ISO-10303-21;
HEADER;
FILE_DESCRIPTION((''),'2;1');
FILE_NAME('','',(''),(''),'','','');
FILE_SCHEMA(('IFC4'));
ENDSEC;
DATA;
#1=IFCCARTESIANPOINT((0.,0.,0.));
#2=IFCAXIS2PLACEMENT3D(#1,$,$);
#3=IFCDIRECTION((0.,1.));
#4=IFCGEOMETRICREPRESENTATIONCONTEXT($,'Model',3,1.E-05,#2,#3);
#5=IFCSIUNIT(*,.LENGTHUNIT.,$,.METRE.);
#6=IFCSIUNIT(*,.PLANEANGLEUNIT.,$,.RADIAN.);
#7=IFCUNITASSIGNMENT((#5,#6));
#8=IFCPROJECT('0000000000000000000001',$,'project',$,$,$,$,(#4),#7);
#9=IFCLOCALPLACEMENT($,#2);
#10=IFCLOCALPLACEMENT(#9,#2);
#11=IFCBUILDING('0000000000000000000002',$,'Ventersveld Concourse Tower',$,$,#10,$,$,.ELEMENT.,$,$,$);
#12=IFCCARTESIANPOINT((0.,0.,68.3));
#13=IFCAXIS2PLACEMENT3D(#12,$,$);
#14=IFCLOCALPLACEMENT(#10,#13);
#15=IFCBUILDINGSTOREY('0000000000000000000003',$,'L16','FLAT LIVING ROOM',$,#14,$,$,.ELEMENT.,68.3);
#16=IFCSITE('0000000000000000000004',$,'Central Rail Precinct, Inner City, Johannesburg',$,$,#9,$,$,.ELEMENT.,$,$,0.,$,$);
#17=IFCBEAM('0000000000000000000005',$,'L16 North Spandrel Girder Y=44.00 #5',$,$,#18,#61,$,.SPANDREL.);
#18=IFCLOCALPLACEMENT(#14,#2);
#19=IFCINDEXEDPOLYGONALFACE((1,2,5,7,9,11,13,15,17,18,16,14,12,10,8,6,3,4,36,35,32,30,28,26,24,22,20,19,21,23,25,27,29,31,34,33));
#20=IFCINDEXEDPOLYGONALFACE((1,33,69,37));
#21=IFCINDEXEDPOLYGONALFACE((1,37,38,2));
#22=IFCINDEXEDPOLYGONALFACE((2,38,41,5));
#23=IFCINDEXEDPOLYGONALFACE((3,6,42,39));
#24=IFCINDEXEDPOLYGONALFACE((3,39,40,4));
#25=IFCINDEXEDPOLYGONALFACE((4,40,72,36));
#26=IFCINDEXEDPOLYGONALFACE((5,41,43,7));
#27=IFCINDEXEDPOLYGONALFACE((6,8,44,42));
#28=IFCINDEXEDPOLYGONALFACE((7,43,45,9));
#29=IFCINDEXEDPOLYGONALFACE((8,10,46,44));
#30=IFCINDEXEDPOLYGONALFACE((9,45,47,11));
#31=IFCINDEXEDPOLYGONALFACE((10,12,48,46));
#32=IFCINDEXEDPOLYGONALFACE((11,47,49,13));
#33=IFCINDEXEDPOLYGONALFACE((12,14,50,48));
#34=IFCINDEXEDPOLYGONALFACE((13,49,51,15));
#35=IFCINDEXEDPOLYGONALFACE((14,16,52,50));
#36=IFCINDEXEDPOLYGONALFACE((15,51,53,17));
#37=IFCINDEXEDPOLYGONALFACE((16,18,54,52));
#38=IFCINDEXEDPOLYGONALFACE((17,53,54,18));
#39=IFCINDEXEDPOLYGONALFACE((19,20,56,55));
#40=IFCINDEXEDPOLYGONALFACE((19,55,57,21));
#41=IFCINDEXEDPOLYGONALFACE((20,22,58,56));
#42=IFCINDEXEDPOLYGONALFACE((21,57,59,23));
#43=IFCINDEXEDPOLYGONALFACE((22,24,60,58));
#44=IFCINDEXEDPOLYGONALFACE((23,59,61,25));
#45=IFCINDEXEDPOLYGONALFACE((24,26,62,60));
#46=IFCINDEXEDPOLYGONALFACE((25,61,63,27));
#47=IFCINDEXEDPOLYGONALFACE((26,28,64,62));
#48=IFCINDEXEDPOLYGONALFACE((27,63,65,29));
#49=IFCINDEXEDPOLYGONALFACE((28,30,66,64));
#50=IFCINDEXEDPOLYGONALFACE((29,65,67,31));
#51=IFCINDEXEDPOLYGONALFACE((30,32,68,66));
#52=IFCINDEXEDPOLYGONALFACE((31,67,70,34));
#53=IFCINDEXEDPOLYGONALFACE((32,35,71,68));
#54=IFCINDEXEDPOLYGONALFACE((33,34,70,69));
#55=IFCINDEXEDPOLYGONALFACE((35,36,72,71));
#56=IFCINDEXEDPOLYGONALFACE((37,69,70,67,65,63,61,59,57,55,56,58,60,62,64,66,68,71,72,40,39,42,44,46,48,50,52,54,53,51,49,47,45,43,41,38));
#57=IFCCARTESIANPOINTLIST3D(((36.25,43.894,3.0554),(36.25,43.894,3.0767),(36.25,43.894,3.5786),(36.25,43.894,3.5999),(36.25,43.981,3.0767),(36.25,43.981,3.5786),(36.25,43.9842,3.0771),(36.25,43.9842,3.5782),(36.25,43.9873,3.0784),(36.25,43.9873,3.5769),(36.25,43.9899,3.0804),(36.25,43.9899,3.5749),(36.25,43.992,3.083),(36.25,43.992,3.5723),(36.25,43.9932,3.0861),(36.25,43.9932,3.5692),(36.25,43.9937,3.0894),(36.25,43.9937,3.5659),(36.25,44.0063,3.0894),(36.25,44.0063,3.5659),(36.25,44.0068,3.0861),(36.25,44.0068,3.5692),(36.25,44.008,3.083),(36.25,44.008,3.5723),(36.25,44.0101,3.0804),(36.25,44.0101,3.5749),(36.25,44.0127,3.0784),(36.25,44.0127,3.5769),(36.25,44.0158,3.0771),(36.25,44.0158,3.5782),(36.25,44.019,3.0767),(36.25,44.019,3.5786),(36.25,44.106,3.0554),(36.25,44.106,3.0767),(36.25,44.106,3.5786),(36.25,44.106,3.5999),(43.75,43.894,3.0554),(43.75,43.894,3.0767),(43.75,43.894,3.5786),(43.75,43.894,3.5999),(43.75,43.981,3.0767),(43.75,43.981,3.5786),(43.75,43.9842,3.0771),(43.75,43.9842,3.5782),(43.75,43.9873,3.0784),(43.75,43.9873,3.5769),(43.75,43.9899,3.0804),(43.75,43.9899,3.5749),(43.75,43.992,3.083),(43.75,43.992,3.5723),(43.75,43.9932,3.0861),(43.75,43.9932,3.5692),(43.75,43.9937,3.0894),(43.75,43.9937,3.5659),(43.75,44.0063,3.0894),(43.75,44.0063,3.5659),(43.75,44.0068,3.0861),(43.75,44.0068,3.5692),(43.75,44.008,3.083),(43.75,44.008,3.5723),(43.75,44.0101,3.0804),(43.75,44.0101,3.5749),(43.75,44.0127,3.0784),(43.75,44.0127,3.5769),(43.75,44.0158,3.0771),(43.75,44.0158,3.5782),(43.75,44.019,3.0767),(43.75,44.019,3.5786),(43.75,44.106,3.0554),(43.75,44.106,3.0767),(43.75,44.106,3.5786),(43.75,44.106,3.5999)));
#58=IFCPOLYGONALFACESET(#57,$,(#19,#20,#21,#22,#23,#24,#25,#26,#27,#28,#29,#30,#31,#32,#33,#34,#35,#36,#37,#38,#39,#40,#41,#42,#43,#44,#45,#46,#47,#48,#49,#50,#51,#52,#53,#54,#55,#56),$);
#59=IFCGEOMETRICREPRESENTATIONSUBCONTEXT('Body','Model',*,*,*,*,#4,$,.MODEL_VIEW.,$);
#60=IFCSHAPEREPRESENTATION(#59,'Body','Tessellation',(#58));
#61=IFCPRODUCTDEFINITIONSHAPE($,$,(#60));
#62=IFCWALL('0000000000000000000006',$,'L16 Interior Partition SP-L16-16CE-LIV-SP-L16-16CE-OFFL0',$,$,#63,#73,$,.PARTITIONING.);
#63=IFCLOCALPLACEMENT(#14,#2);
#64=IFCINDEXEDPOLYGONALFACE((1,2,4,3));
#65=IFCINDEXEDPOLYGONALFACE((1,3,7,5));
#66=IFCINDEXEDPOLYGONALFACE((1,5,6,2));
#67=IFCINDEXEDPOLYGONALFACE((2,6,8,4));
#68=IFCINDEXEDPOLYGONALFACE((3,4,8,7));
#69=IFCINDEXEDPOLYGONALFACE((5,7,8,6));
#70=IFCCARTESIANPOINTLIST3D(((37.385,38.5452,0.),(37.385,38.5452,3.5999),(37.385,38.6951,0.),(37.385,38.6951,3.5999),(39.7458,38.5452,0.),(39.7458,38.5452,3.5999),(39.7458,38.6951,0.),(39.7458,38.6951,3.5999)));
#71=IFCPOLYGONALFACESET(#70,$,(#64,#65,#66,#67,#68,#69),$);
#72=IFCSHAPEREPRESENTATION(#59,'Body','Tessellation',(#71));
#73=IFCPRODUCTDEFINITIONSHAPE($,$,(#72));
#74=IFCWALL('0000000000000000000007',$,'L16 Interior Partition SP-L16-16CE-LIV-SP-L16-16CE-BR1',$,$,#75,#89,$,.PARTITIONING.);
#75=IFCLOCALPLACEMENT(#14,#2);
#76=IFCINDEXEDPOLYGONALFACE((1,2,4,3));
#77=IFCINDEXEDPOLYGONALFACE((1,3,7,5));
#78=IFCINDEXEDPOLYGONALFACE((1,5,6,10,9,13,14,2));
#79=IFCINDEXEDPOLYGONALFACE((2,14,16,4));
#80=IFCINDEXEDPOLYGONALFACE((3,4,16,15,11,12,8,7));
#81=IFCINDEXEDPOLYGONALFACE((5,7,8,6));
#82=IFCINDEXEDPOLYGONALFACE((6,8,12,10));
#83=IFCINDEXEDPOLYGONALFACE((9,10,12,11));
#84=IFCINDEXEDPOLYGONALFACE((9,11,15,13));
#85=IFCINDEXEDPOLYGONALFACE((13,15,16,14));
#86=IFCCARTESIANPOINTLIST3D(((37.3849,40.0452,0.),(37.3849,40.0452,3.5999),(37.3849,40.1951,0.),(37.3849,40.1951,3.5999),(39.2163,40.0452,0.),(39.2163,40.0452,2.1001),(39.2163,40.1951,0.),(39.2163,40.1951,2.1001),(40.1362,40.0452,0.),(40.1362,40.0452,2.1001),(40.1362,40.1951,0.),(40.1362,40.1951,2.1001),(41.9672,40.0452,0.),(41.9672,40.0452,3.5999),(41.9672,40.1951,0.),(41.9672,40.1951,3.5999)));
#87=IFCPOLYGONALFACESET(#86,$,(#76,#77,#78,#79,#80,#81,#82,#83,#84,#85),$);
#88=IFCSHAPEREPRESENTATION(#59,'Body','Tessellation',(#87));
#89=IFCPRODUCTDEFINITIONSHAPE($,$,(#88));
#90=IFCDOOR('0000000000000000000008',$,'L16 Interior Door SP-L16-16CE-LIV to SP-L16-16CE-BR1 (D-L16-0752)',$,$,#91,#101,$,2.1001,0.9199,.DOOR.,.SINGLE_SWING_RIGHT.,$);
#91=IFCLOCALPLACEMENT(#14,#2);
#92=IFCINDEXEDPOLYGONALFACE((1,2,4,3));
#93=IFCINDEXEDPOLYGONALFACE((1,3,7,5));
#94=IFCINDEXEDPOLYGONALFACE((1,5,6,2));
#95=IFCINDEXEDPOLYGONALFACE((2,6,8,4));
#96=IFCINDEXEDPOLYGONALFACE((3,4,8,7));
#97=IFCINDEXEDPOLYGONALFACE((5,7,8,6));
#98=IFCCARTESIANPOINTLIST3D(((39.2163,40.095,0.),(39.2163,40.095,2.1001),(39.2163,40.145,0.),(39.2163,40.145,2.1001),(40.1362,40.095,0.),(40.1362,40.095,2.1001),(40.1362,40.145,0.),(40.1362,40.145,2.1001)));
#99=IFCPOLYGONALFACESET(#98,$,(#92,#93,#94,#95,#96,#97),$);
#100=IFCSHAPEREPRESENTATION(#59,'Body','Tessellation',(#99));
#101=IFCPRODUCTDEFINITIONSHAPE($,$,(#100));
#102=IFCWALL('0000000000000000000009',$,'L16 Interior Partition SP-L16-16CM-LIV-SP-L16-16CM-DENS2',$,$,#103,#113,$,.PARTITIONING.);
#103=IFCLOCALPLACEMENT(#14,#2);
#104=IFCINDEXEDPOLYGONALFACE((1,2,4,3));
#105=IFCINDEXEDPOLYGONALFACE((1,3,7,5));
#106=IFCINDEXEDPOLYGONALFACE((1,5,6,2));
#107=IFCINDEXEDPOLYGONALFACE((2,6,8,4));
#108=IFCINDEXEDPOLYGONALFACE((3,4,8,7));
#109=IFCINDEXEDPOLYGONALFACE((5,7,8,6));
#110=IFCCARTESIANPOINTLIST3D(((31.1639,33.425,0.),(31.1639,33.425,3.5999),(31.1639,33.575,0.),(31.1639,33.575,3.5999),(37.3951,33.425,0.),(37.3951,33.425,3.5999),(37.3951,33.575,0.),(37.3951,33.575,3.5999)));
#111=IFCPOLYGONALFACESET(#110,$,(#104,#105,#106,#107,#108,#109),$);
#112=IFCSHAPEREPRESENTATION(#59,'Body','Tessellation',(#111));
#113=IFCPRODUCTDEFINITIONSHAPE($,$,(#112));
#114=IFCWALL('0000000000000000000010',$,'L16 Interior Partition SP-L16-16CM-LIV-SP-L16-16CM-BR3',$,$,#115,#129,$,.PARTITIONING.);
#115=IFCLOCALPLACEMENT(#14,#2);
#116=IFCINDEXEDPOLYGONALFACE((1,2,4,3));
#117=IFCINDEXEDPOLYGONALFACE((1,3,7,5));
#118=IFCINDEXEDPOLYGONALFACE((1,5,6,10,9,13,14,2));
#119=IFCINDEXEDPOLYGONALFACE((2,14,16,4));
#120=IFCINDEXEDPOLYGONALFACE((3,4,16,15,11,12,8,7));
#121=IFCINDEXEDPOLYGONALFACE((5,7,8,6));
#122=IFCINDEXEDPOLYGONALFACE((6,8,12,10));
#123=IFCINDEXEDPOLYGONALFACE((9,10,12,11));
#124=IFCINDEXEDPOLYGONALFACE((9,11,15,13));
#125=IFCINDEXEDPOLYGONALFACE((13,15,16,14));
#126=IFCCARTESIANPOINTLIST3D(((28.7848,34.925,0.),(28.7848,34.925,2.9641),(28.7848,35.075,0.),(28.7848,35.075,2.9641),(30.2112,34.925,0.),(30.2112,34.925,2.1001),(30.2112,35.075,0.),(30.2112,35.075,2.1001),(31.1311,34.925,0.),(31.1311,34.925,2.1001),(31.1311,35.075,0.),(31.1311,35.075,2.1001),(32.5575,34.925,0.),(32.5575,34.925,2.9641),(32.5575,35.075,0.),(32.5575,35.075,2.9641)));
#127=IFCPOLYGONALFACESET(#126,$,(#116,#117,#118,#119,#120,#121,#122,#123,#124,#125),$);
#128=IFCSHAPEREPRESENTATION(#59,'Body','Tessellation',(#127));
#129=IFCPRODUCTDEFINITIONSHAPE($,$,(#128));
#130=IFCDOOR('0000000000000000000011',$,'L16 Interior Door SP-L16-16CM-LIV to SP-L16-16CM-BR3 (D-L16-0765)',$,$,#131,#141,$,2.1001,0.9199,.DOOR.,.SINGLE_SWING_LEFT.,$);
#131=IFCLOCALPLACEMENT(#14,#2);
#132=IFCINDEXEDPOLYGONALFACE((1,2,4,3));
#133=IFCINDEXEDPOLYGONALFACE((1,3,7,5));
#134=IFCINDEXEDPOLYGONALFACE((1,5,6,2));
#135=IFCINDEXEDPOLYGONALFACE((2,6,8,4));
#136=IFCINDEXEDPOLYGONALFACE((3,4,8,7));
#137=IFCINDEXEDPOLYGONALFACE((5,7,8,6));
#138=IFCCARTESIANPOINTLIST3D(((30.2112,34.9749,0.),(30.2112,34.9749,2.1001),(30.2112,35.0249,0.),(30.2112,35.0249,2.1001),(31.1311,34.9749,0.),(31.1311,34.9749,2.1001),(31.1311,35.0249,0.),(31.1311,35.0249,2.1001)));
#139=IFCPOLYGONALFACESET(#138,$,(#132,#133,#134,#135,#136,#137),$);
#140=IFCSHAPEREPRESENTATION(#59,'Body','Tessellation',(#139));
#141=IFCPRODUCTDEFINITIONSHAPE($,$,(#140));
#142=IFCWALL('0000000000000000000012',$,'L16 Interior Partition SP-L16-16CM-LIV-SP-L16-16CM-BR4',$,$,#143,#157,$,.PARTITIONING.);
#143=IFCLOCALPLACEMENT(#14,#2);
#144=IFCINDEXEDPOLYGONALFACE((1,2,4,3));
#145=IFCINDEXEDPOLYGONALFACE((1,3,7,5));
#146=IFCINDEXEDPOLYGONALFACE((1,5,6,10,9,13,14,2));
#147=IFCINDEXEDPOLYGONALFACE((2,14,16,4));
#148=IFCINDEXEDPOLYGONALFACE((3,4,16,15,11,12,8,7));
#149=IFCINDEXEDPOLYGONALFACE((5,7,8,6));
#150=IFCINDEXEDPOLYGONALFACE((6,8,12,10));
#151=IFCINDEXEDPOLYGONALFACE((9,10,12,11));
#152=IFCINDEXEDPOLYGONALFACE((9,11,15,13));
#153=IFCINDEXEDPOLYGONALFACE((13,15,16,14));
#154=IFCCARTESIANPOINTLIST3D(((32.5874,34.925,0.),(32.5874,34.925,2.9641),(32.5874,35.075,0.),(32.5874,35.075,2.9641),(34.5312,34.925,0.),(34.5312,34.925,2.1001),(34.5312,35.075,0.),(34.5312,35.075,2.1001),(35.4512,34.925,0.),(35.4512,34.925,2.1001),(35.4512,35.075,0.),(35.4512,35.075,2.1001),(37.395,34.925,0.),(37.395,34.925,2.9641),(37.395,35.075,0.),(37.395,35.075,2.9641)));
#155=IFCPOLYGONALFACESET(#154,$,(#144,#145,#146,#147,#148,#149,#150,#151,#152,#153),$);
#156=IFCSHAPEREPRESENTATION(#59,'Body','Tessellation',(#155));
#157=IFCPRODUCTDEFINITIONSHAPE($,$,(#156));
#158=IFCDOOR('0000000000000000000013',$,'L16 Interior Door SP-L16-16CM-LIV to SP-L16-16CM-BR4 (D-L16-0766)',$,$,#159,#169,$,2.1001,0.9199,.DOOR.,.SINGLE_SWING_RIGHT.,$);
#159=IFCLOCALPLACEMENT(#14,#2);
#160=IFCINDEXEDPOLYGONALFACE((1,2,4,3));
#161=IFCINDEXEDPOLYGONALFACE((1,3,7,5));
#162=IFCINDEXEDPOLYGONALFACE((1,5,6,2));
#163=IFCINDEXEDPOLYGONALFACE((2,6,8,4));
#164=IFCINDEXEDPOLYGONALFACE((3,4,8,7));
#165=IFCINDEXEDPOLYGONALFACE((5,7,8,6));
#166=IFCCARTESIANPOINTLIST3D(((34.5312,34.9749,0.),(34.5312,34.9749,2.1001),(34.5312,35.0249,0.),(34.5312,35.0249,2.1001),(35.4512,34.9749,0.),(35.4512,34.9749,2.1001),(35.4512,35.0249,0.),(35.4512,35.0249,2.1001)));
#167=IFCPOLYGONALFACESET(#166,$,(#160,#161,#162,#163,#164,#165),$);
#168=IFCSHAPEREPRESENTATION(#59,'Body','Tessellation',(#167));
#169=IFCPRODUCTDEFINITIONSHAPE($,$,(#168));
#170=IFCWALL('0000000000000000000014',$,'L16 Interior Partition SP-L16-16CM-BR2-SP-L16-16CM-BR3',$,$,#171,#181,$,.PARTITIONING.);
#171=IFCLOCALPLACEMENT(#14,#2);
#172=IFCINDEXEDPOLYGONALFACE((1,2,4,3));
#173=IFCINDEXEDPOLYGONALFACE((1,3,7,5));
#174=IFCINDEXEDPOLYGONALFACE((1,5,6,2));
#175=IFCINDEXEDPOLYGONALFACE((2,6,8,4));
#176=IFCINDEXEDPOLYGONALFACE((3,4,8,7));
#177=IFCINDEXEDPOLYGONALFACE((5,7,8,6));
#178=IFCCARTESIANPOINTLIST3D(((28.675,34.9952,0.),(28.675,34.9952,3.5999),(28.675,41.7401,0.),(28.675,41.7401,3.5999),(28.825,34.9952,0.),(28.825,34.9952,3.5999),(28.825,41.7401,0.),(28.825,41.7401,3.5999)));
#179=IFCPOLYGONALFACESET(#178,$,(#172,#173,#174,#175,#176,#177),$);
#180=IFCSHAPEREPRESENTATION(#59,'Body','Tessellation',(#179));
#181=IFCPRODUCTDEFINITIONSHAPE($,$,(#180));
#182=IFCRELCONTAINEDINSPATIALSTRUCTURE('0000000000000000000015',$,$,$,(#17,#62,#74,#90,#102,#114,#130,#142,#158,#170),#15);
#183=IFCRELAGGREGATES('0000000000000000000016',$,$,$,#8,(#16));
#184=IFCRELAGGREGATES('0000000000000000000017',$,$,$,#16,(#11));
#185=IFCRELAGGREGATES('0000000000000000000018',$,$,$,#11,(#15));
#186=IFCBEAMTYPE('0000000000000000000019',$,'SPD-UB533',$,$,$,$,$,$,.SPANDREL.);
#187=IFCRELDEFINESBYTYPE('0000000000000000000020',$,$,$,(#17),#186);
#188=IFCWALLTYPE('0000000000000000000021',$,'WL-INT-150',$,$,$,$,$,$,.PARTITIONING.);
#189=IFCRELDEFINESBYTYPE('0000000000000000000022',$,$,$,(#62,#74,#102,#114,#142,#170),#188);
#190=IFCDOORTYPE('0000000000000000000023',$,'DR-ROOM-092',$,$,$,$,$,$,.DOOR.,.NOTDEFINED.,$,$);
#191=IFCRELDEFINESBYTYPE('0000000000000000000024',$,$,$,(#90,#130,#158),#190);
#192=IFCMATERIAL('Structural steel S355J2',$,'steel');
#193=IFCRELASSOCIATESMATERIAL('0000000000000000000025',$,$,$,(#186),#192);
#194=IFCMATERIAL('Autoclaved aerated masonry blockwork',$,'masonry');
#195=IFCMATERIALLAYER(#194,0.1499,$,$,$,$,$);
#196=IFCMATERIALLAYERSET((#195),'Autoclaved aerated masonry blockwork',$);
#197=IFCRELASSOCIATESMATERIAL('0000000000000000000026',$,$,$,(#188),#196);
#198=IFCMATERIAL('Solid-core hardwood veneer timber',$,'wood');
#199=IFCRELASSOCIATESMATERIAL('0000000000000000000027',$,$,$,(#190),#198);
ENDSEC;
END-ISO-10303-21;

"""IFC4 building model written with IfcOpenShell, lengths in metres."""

from ifc_helpers import new_model, si_unit, direction, frame, frame_2d, origin, origin_2d, place, context, subcontext, project, spatial, rectangle, i_section, extrude, material, layer, layer_set, material_profile, profile_set, type_object, element, fill, save


model = new_model("IFC4")

# Units and contexts
model_context = context("Model", 3, precision=1e-05, world=origin(), true_north=direction((0.0, 1.0)))
body_context = subcontext(model_context, "Body", "Model", "MODEL_VIEW")
ifc_project = project(units=[si_unit("LENGTHUNIT", "METRE"), si_unit("PLANEANGLEUNIT", "RADIAN")], contexts=[model_context])

# Site, building, storey
site_placement = place(None, origin())
site = spatial("IfcSite", under=ifc_project, at=site_placement, Name="Central Rail Precinct, Inner City, Johannesburg", CompositionType="ELEMENT", RefElevation=0.0)
building_placement = place(site_placement, origin())
building = spatial("IfcBuilding", under=site, at=building_placement, Name="Ventersveld Concourse Tower", CompositionType="ELEMENT")
storey_placement = place(building_placement, frame((0.0, 0.0, 68.3)))
storey = spatial("IfcBuildingStorey", under=building, at=storey_placement, Name="L16", Description="FLAT LIVING ROOM", CompositionType="ELEMENT", Elevation=68.3)

# Beam
ifc_material_1 = material(Name="Structural steel S355J2", Category="steel")
ifc_material_profile_1 = material_profile(ifc_material_1, i_section(OverallWidth=0.2119, OverallDepth=0.5444, WebThickness=0.0127, FlangeThickness=0.0212, FilletRadius=0.0127, at=origin_2d()), Name="UB 533x210x122")
ifc_profile_set_1 = profile_set([ifc_material_profile_1], Name="Structural steel S355J2")
beam_type_1 = type_object("IfcBeamType", Name="SPD-UB533", PredefinedType="SPANDREL", material=ifc_profile_set_1)
for number, where, z_axis, x_axis, name in (
    (1, (36.25, 44.0, 3.3276), (1.0, 0.0, 0.0), (0.0, 1.0, 0.0), "L16 North Spandrel Girder Y=44.00 #5"),
):
    element("IfcBeam", number, at=place(storey_placement, frame(where, z_axis=z_axis, x_axis=x_axis)), inside=storey, type_object=beam_type_1, Name=name, PredefinedType="SPANDREL", context=body_context, shape_type="SweptSolid", body=[
        extrude(i_section(OverallWidth=0.2119, OverallDepth=0.5444, WebThickness=0.0127, FlangeThickness=0.0212, FilletRadius=0.0127, at=origin_2d()), origin(), (0.0, 0.0, 1.0), 7.5),
    ])

# Wall
ifc_material_2 = material(Name="Autoclaved aerated masonry blockwork", Category="masonry")
ifc_layer_1 = layer(ifc_material_2, 0.1499)
ifc_layer_set_1 = layer_set([ifc_layer_1], Name="Autoclaved aerated masonry blockwork")
wall_type_1 = type_object("IfcWallType", Name="WL-INT-150", PredefinedType="PARTITIONING", material=ifc_layer_set_1)
wall_1_placement = place(storey_placement, frame((37.385, 38.6201, 0.0), z_axis=(0.0, 0.0, 1.0), x_axis=(1.0, 0.0, 0.0)))
element("IfcWall", 2, at=wall_1_placement, inside=storey, type_object=wall_type_1, Name="L16 Interior Partition SP-L16-16CE-LIV-SP-L16-16CE-OFFL0", PredefinedType="PARTITIONING", context=body_context, shape_type="SweptSolid", body=[
    extrude(rectangle(XDim=2.3608, YDim=0.1499, at=frame_2d((1.1804, 0.0))), origin(), (0.0, 0.0, 1.0), 3.5999),
])

# Wall, opening, door
wall_2_placement = place(storey_placement, frame((37.385, 40.1201, 0.0), z_axis=(0.0, 0.0, 1.0), x_axis=(1.0, 0.0, 0.0)))
wall_2 = element("IfcWall", 3, at=wall_2_placement, inside=storey, type_object=wall_type_1, Name="L16 Interior Partition SP-L16-16CE-LIV-SP-L16-16CE-BR1", PredefinedType="PARTITIONING", context=body_context, shape_type="SweptSolid", body=[
    extrude(rectangle(XDim=4.5823, YDim=0.1499, at=frame_2d((2.291, 0.0))), origin(), (0.0, 0.0, 1.0), 3.5999),
])
opening_1_placement = place(wall_2_placement, frame((1.8313, 0.0, 0.0)))
opening_1 = element("IfcOpeningElement", 4, at=opening_1_placement, cuts=wall_2, PredefinedType="OPENING", context=body_context, shape_type="SweptSolid", body=[
    extrude(rectangle(XDim=0.9199, YDim=2.1001, at=frame_2d((0.46, 1.05))), frame((0.0, 0.085, 0.0), z_axis=(0.0, -1.0, 0.0), x_axis=(1.0, 0.0, 0.0)), (0.0, 0.0, 1.0), 0.1699),
])
ifc_material_3 = material(Name="Solid-core hardwood veneer timber", Category="wood")
door_type = type_object("IfcDoorType", Name="DR-ROOM-092", OperationType="NOTDEFINED", PredefinedType="DOOR", material=ifc_material_3)
door_1_placement = place(opening_1_placement, origin())
door_1 = element("IfcDoor", 5, at=door_1_placement, inside=storey, type_object=door_type, Name="L16 Interior Door SP-L16-16CE-LIV to SP-L16-16CE-BR1 (D-L16-0752)", OperationType="SINGLE_SWING_RIGHT", OverallHeight=2.1001, OverallWidth=0.9199, PredefinedType="DOOR", context=body_context, shape_type="SweptSolid", body=[
    extrude(rectangle(XDim=0.9199, YDim=2.1001, at=frame_2d((0.46, 1.05))), frame((0.0, 0.0249, 0.0), z_axis=(0.0, -1.0, 0.0), x_axis=(1.0, 0.0, 0.0)), (0.0, 0.0, 1.0), 0.05),
])
fill(opening_1, door_1)

# Wall
wall_3_placement = place(storey_placement, frame((31.1638, 33.5, 0.0), z_axis=(0.0, 0.0, 1.0), x_axis=(1.0, 0.0, 0.0)))
element("IfcWall", 6, at=wall_3_placement, inside=storey, type_object=wall_type_1, Name="L16 Interior Partition SP-L16-16CM-LIV-SP-L16-16CM-DENS2", PredefinedType="PARTITIONING", context=body_context, shape_type="SweptSolid", body=[
    extrude(rectangle(XDim=6.2312, YDim=0.1499, at=frame_2d((3.1157, 0.0))), origin(), (0.0, 0.0, 1.0), 3.5999),
])

# Walls, openings, doors
wall_4_placement = place(storey_placement, frame((28.7849, 35.0, 0.0), z_axis=(0.0, 0.0, 1.0), x_axis=(1.0, 0.0, 0.0)))
wall_4 = element("IfcWall", 7, at=wall_4_placement, inside=storey, type_object=wall_type_1, Name="L16 Interior Partition SP-L16-16CM-LIV-SP-L16-16CM-BR3", PredefinedType="PARTITIONING", context=body_context, shape_type="SweptSolid", body=[
    extrude(rectangle(XDim=3.7727, YDim=0.1499, at=frame_2d((1.8862, 0.0))), origin(), (0.0, 0.0, 1.0), 2.9641),
])
opening_2_placement = place(wall_4_placement, frame((1.4263, 0.0, 0.0)))
opening_2 = element("IfcOpeningElement", 8, at=opening_2_placement, cuts=wall_4, PredefinedType="OPENING", context=body_context, shape_type="SweptSolid", body=[
    extrude(rectangle(XDim=0.9199, YDim=2.1001, at=frame_2d((0.46, 1.05))), frame((0.0, 0.085, 0.0), z_axis=(0.0, -1.0, 0.0), x_axis=(1.0, 0.0, 0.0)), (0.0, 0.0, 1.0), 0.1699),
])
door_2_placement = place(opening_2_placement, origin())
door_2 = element("IfcDoor", 9, at=door_2_placement, inside=storey, type_object=door_type, Name="L16 Interior Door SP-L16-16CM-LIV to SP-L16-16CM-BR3 (D-L16-0765)", OperationType="SINGLE_SWING_LEFT", OverallHeight=2.1001, OverallWidth=0.9199, PredefinedType="DOOR", context=body_context, shape_type="SweptSolid", body=[
    extrude(rectangle(XDim=0.9199, YDim=2.1001, at=frame_2d((0.46, 1.05))), frame((0.0, 0.0249, 0.0), z_axis=(0.0, -1.0, 0.0), x_axis=(1.0, 0.0, 0.0)), (0.0, 0.0, 1.0), 0.05),
])
fill(opening_2, door_2)
wall_5_placement = place(storey_placement, frame((32.5874, 35.0, 0.0), z_axis=(0.0, 0.0, 1.0), x_axis=(1.0, 0.0, 0.0)))
wall_5 = element("IfcWall", 10, at=wall_5_placement, inside=storey, type_object=wall_type_1, Name="L16 Interior Partition SP-L16-16CM-LIV-SP-L16-16CM-BR4", PredefinedType="PARTITIONING", context=body_context, shape_type="SweptSolid", body=[
    extrude(rectangle(XDim=4.8076, YDim=0.1499, at=frame_2d((2.4038, 0.0))), origin(), (0.0, 0.0, 1.0), 2.9641),
])
opening_3_placement = place(wall_5_placement, frame((1.9438, 0.0, 0.0)))
opening_3 = element("IfcOpeningElement", 11, at=opening_3_placement, cuts=wall_5, PredefinedType="OPENING", context=body_context, shape_type="SweptSolid", body=[
    extrude(rectangle(XDim=0.9199, YDim=2.1001, at=frame_2d((0.46, 1.05))), frame((0.0, 0.085, 0.0), z_axis=(0.0, -1.0, 0.0), x_axis=(1.0, 0.0, 0.0)), (0.0, 0.0, 1.0), 0.1699),
])
door_3_placement = place(opening_3_placement, origin())
door_3 = element("IfcDoor", 12, at=door_3_placement, inside=storey, type_object=door_type, Name="L16 Interior Door SP-L16-16CM-LIV to SP-L16-16CM-BR4 (D-L16-0766)", OperationType="SINGLE_SWING_RIGHT", OverallHeight=2.1001, OverallWidth=0.9199, PredefinedType="DOOR", context=body_context, shape_type="SweptSolid", body=[
    extrude(rectangle(XDim=0.9199, YDim=2.1001, at=frame_2d((0.46, 1.05))), frame((0.0, 0.0249, 0.0), z_axis=(0.0, -1.0, 0.0), x_axis=(1.0, 0.0, 0.0)), (0.0, 0.0, 1.0), 0.05),
])
fill(opening_3, door_3)

# Wall
for number, where, z_axis, x_axis, name in (
    (13, (28.75, 34.9951, 0.0), (0.0, 0.0, 1.0), (0.0, 1.0, 0.0), "L16 Interior Partition SP-L16-16CM-BR2-SP-L16-16CM-BR3"),
):
    element("IfcWall", number, at=place(storey_placement, frame(where, z_axis=z_axis, x_axis=x_axis)), inside=storey, type_object=wall_type_1, Name=name, PredefinedType="PARTITIONING", context=body_context, shape_type="SweptSolid", body=[
        extrude(rectangle(XDim=6.7449, YDim=0.1499, at=frame_2d((3.3726, 0.0))), origin(), (0.0, 0.0, 1.0), 3.5999),
    ])

save(model, "model.ifc")
